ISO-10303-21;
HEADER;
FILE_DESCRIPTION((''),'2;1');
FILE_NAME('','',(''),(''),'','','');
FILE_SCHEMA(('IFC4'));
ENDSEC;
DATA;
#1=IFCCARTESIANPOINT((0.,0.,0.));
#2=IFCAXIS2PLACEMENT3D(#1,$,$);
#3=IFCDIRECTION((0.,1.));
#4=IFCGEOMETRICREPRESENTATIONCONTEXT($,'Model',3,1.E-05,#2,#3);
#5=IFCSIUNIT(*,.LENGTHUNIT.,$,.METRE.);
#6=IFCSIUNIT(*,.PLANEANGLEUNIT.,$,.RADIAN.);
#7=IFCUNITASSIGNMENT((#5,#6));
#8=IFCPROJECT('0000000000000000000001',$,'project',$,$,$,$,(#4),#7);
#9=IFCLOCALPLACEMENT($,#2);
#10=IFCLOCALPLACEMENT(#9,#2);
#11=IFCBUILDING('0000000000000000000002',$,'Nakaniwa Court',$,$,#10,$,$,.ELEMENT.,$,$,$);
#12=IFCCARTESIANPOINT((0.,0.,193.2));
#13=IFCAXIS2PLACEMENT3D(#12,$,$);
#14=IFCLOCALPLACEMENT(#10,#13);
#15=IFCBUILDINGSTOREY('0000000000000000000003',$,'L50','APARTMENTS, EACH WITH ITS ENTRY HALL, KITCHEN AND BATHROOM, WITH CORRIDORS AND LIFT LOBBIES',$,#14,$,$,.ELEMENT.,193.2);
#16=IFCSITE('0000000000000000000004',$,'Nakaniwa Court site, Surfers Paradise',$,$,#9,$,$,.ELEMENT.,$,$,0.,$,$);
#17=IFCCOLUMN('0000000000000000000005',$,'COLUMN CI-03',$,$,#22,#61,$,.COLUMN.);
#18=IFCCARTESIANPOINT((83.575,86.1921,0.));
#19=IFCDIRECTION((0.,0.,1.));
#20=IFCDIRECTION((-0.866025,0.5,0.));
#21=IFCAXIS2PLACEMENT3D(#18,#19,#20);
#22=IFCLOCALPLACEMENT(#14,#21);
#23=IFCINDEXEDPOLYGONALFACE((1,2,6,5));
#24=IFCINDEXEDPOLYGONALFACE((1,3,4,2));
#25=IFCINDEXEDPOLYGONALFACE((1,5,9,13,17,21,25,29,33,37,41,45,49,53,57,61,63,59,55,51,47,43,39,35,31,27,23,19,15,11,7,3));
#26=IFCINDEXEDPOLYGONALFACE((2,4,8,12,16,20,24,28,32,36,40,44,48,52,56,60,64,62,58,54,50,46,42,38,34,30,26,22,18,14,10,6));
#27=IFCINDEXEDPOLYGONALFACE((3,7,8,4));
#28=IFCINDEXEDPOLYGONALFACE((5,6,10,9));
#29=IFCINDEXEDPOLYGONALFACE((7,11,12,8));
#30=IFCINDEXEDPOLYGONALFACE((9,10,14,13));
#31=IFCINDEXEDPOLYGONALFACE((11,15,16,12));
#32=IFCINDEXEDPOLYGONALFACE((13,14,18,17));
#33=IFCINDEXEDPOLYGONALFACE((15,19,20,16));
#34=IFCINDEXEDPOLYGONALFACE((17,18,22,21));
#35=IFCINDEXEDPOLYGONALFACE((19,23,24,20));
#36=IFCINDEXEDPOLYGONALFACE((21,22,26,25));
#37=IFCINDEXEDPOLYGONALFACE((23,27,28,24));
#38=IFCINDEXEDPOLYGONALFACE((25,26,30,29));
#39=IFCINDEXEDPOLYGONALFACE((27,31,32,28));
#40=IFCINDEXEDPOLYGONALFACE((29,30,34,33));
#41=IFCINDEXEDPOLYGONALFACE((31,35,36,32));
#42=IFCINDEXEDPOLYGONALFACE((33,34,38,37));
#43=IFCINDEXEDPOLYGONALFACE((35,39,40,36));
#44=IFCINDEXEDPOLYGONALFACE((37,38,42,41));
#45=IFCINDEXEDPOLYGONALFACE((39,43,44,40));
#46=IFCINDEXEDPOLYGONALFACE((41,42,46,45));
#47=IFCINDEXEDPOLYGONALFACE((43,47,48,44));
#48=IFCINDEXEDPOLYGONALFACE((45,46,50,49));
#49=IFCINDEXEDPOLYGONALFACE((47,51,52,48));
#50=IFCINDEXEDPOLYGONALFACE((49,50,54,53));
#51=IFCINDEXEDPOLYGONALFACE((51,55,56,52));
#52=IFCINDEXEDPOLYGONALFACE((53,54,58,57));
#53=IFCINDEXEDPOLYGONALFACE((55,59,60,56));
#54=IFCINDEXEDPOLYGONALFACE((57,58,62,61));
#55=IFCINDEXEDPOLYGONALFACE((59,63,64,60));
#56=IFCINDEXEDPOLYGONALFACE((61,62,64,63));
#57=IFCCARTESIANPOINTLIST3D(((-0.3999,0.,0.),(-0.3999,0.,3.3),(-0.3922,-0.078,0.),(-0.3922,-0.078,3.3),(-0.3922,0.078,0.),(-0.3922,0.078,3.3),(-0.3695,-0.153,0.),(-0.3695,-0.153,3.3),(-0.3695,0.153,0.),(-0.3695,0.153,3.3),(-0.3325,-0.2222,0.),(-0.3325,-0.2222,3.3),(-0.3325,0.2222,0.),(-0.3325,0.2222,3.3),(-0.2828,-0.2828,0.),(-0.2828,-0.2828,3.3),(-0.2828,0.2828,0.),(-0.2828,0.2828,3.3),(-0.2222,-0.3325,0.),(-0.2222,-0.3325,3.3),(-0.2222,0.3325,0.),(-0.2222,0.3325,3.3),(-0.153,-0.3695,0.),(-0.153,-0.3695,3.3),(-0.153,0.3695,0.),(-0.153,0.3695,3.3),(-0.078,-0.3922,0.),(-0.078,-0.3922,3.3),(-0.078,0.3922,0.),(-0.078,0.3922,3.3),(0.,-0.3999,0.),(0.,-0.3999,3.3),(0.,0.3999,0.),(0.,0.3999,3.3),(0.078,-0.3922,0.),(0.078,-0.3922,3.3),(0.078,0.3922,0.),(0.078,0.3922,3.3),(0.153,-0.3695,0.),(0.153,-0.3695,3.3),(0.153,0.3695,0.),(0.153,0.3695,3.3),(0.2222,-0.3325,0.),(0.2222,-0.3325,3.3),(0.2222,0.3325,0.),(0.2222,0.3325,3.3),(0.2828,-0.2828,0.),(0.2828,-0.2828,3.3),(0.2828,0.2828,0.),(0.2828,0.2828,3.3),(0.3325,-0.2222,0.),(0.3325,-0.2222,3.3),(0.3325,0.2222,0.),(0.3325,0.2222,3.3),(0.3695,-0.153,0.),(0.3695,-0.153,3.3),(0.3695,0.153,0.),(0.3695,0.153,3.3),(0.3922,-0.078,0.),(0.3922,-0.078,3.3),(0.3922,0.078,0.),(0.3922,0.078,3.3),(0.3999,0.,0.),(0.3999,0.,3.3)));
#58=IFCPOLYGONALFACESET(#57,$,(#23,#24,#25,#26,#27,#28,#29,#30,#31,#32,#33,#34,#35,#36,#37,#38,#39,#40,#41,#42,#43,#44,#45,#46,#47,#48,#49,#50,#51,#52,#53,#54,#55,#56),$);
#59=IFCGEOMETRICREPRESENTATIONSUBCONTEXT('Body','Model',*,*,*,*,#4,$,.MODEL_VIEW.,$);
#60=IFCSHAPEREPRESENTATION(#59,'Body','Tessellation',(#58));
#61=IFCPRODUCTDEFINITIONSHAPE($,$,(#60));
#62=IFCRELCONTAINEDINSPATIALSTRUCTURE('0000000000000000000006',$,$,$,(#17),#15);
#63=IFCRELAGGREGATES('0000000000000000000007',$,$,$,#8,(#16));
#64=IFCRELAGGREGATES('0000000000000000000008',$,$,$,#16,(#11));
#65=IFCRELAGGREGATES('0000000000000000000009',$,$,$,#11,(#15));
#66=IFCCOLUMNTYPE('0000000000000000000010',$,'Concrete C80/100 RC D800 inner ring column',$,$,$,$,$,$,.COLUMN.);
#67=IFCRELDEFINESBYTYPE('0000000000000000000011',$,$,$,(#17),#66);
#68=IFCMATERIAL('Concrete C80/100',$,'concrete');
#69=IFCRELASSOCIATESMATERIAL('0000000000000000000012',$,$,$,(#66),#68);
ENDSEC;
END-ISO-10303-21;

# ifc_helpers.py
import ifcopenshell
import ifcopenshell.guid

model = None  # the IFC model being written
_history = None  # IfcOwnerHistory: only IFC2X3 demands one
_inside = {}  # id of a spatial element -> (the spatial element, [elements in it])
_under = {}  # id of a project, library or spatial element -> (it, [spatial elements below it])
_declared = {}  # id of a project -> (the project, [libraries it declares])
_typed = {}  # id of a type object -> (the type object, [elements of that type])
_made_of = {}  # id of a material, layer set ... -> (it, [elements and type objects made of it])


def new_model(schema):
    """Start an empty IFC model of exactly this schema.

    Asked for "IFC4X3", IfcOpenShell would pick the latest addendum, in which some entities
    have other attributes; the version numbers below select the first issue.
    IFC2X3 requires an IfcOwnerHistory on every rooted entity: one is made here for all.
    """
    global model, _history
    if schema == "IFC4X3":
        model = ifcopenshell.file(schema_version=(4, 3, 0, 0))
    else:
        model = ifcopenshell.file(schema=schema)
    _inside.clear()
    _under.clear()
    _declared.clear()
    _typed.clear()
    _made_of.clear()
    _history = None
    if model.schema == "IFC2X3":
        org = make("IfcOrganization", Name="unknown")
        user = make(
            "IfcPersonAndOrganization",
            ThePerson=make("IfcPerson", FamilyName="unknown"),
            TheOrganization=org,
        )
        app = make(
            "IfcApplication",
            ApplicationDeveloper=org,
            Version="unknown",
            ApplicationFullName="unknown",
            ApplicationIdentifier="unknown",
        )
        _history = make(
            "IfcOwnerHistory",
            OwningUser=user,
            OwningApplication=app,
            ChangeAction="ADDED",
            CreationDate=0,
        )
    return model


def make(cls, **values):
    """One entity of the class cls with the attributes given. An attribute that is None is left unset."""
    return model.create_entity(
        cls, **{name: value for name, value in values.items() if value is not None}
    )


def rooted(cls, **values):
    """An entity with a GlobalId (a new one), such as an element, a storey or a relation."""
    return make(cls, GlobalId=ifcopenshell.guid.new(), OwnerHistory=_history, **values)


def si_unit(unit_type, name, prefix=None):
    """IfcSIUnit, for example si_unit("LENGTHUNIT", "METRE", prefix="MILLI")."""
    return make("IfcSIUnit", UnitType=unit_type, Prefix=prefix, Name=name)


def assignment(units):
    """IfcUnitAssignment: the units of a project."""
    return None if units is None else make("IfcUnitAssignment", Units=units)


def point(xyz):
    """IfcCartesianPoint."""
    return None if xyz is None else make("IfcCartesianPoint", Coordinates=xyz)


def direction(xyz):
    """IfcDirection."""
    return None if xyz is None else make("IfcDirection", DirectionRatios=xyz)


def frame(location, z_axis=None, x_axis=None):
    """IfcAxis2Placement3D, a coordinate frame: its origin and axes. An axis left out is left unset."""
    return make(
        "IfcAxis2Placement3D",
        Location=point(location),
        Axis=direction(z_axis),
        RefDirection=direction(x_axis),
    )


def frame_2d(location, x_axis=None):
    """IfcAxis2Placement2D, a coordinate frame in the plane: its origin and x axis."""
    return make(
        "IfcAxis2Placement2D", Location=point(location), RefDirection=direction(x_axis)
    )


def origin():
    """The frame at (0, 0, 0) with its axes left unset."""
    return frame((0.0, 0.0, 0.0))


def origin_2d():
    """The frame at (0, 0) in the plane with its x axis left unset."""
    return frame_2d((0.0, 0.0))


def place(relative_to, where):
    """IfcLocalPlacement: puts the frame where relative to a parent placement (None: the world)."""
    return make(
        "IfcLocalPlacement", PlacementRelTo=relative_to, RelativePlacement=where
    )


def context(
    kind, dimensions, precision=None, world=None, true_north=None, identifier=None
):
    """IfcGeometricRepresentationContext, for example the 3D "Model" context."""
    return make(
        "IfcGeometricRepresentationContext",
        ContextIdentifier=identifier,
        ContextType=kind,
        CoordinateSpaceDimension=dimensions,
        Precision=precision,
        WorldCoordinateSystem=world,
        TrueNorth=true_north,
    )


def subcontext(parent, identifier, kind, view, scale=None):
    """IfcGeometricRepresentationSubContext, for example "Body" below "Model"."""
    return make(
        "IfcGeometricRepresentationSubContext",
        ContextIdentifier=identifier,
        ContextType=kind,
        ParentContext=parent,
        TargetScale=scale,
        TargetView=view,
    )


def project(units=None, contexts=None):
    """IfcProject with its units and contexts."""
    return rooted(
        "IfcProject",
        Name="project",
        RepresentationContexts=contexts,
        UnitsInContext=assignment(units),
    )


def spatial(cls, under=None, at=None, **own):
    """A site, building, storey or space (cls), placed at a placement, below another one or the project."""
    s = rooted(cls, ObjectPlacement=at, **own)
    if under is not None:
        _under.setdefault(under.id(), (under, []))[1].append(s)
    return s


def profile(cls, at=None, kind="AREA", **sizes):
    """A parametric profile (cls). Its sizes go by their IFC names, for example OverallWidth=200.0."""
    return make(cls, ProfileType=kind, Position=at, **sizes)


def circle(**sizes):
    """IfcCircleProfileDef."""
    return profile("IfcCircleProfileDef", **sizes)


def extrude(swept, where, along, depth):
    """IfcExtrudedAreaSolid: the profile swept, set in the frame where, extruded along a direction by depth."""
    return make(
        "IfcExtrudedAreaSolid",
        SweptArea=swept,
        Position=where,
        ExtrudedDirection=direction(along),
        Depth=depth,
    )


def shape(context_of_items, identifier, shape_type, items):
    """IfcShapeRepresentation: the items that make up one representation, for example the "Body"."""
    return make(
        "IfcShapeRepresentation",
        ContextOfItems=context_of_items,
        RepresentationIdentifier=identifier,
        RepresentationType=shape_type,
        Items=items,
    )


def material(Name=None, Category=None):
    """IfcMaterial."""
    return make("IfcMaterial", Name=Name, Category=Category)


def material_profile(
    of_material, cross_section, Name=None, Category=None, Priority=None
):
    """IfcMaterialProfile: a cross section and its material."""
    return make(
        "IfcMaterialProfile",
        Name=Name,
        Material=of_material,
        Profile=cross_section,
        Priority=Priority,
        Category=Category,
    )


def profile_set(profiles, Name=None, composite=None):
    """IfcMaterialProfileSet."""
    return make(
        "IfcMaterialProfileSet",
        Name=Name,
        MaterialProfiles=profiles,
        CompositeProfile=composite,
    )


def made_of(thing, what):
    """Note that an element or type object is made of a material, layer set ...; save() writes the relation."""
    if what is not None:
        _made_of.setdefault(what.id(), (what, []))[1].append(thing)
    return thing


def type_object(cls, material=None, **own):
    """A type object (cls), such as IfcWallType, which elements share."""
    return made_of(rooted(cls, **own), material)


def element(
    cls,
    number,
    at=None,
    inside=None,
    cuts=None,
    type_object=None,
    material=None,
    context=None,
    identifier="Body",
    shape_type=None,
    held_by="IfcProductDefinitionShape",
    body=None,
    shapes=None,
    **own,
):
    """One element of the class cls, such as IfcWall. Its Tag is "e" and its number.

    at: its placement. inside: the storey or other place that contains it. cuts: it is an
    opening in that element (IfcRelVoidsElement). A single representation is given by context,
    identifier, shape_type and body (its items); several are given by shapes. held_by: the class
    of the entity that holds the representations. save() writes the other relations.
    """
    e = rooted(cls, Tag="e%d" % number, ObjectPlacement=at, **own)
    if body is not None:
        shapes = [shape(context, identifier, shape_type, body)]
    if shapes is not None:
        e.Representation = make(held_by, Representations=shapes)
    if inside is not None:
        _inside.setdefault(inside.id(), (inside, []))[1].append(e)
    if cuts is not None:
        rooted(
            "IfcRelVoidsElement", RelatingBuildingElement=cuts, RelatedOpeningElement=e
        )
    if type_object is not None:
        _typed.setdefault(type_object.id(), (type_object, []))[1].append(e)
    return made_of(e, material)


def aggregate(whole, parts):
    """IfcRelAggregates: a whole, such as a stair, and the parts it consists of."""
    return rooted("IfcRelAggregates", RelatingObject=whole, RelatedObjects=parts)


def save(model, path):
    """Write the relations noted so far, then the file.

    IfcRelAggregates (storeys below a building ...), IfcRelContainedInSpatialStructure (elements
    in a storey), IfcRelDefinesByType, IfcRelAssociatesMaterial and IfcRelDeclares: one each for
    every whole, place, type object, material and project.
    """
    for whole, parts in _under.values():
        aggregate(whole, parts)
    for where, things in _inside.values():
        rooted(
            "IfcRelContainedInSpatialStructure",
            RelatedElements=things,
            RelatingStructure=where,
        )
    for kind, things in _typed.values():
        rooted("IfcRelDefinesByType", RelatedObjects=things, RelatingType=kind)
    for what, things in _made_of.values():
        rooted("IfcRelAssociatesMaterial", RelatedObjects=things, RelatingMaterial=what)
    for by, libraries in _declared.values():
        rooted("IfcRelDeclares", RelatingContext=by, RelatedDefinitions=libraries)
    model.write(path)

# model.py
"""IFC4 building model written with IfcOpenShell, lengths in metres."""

from ifc_helpers import new_model, si_unit, direction, frame, origin, origin_2d, place, context, subcontext, project, spatial, circle, extrude, material, material_profile, profile_set, type_object, element, save


model = new_model("IFC4")

# Units and contexts
model_context = context("Model", 3, precision=1e-05, world=origin(), true_north=direction((0.0, 1.0)))
body_context = subcontext(model_context, "Body", "Model", "MODEL_VIEW")
ifc_project = project(units=[si_unit("LENGTHUNIT", "METRE"), si_unit("PLANEANGLEUNIT", "RADIAN")], contexts=[model_context])

# Site, building, storey
site_placement = place(None, origin())
site = spatial("IfcSite", under=ifc_project, at=site_placement, Name="Nakaniwa Court site, Surfers Paradise", CompositionType="ELEMENT", RefElevation=0.0)
building_placement = place(site_placement, origin())
building = spatial("IfcBuilding", under=site, at=building_placement, Name="Nakaniwa Court", CompositionType="ELEMENT")
storey_placement = place(building_placement, frame((0.0, 0.0, 193.2)))
storey = spatial("IfcBuildingStorey", under=building, at=storey_placement, Name="L50", Description="APARTMENTS, EACH WITH ITS ENTRY HALL, KITCHEN AND BATHROOM, WITH CORRIDORS AND LIFT LOBBIES", CompositionType="ELEMENT", Elevation=193.2)

# Column
ifc_material_1 = material(Name="Concrete C80/100", Category="concrete")
ifc_material_profile_1 = material_profile(ifc_material_1, circle(Radius=0.3999, at=origin_2d()), Name="Concrete C80/100 RC D800 inner ring column")
ifc_profile_set_1 = profile_set([ifc_material_profile_1], Name="Concrete C80/100")
column_type_1 = type_object("IfcColumnType", Name="Concrete C80/100 RC D800 inner ring column", PredefinedType="COLUMN", material=ifc_profile_set_1)
column_1_placement = place(storey_placement, frame((83.575, 86.1921, 0.0), z_axis=(0.0, 0.0, 1.0), x_axis=(-0.866025, 0.5, 0.0)))
element("IfcColumn", 1, at=column_1_placement, inside=storey, type_object=column_type_1, Name="COLUMN CI-03", PredefinedType="COLUMN", context=body_context, shape_type="SweptSolid", body=[
    extrude(circle(Radius=0.3999, at=origin_2d()), origin(), (0.0, 0.0, 1.0), 3.3),
])

save(model, "model.ifc")
